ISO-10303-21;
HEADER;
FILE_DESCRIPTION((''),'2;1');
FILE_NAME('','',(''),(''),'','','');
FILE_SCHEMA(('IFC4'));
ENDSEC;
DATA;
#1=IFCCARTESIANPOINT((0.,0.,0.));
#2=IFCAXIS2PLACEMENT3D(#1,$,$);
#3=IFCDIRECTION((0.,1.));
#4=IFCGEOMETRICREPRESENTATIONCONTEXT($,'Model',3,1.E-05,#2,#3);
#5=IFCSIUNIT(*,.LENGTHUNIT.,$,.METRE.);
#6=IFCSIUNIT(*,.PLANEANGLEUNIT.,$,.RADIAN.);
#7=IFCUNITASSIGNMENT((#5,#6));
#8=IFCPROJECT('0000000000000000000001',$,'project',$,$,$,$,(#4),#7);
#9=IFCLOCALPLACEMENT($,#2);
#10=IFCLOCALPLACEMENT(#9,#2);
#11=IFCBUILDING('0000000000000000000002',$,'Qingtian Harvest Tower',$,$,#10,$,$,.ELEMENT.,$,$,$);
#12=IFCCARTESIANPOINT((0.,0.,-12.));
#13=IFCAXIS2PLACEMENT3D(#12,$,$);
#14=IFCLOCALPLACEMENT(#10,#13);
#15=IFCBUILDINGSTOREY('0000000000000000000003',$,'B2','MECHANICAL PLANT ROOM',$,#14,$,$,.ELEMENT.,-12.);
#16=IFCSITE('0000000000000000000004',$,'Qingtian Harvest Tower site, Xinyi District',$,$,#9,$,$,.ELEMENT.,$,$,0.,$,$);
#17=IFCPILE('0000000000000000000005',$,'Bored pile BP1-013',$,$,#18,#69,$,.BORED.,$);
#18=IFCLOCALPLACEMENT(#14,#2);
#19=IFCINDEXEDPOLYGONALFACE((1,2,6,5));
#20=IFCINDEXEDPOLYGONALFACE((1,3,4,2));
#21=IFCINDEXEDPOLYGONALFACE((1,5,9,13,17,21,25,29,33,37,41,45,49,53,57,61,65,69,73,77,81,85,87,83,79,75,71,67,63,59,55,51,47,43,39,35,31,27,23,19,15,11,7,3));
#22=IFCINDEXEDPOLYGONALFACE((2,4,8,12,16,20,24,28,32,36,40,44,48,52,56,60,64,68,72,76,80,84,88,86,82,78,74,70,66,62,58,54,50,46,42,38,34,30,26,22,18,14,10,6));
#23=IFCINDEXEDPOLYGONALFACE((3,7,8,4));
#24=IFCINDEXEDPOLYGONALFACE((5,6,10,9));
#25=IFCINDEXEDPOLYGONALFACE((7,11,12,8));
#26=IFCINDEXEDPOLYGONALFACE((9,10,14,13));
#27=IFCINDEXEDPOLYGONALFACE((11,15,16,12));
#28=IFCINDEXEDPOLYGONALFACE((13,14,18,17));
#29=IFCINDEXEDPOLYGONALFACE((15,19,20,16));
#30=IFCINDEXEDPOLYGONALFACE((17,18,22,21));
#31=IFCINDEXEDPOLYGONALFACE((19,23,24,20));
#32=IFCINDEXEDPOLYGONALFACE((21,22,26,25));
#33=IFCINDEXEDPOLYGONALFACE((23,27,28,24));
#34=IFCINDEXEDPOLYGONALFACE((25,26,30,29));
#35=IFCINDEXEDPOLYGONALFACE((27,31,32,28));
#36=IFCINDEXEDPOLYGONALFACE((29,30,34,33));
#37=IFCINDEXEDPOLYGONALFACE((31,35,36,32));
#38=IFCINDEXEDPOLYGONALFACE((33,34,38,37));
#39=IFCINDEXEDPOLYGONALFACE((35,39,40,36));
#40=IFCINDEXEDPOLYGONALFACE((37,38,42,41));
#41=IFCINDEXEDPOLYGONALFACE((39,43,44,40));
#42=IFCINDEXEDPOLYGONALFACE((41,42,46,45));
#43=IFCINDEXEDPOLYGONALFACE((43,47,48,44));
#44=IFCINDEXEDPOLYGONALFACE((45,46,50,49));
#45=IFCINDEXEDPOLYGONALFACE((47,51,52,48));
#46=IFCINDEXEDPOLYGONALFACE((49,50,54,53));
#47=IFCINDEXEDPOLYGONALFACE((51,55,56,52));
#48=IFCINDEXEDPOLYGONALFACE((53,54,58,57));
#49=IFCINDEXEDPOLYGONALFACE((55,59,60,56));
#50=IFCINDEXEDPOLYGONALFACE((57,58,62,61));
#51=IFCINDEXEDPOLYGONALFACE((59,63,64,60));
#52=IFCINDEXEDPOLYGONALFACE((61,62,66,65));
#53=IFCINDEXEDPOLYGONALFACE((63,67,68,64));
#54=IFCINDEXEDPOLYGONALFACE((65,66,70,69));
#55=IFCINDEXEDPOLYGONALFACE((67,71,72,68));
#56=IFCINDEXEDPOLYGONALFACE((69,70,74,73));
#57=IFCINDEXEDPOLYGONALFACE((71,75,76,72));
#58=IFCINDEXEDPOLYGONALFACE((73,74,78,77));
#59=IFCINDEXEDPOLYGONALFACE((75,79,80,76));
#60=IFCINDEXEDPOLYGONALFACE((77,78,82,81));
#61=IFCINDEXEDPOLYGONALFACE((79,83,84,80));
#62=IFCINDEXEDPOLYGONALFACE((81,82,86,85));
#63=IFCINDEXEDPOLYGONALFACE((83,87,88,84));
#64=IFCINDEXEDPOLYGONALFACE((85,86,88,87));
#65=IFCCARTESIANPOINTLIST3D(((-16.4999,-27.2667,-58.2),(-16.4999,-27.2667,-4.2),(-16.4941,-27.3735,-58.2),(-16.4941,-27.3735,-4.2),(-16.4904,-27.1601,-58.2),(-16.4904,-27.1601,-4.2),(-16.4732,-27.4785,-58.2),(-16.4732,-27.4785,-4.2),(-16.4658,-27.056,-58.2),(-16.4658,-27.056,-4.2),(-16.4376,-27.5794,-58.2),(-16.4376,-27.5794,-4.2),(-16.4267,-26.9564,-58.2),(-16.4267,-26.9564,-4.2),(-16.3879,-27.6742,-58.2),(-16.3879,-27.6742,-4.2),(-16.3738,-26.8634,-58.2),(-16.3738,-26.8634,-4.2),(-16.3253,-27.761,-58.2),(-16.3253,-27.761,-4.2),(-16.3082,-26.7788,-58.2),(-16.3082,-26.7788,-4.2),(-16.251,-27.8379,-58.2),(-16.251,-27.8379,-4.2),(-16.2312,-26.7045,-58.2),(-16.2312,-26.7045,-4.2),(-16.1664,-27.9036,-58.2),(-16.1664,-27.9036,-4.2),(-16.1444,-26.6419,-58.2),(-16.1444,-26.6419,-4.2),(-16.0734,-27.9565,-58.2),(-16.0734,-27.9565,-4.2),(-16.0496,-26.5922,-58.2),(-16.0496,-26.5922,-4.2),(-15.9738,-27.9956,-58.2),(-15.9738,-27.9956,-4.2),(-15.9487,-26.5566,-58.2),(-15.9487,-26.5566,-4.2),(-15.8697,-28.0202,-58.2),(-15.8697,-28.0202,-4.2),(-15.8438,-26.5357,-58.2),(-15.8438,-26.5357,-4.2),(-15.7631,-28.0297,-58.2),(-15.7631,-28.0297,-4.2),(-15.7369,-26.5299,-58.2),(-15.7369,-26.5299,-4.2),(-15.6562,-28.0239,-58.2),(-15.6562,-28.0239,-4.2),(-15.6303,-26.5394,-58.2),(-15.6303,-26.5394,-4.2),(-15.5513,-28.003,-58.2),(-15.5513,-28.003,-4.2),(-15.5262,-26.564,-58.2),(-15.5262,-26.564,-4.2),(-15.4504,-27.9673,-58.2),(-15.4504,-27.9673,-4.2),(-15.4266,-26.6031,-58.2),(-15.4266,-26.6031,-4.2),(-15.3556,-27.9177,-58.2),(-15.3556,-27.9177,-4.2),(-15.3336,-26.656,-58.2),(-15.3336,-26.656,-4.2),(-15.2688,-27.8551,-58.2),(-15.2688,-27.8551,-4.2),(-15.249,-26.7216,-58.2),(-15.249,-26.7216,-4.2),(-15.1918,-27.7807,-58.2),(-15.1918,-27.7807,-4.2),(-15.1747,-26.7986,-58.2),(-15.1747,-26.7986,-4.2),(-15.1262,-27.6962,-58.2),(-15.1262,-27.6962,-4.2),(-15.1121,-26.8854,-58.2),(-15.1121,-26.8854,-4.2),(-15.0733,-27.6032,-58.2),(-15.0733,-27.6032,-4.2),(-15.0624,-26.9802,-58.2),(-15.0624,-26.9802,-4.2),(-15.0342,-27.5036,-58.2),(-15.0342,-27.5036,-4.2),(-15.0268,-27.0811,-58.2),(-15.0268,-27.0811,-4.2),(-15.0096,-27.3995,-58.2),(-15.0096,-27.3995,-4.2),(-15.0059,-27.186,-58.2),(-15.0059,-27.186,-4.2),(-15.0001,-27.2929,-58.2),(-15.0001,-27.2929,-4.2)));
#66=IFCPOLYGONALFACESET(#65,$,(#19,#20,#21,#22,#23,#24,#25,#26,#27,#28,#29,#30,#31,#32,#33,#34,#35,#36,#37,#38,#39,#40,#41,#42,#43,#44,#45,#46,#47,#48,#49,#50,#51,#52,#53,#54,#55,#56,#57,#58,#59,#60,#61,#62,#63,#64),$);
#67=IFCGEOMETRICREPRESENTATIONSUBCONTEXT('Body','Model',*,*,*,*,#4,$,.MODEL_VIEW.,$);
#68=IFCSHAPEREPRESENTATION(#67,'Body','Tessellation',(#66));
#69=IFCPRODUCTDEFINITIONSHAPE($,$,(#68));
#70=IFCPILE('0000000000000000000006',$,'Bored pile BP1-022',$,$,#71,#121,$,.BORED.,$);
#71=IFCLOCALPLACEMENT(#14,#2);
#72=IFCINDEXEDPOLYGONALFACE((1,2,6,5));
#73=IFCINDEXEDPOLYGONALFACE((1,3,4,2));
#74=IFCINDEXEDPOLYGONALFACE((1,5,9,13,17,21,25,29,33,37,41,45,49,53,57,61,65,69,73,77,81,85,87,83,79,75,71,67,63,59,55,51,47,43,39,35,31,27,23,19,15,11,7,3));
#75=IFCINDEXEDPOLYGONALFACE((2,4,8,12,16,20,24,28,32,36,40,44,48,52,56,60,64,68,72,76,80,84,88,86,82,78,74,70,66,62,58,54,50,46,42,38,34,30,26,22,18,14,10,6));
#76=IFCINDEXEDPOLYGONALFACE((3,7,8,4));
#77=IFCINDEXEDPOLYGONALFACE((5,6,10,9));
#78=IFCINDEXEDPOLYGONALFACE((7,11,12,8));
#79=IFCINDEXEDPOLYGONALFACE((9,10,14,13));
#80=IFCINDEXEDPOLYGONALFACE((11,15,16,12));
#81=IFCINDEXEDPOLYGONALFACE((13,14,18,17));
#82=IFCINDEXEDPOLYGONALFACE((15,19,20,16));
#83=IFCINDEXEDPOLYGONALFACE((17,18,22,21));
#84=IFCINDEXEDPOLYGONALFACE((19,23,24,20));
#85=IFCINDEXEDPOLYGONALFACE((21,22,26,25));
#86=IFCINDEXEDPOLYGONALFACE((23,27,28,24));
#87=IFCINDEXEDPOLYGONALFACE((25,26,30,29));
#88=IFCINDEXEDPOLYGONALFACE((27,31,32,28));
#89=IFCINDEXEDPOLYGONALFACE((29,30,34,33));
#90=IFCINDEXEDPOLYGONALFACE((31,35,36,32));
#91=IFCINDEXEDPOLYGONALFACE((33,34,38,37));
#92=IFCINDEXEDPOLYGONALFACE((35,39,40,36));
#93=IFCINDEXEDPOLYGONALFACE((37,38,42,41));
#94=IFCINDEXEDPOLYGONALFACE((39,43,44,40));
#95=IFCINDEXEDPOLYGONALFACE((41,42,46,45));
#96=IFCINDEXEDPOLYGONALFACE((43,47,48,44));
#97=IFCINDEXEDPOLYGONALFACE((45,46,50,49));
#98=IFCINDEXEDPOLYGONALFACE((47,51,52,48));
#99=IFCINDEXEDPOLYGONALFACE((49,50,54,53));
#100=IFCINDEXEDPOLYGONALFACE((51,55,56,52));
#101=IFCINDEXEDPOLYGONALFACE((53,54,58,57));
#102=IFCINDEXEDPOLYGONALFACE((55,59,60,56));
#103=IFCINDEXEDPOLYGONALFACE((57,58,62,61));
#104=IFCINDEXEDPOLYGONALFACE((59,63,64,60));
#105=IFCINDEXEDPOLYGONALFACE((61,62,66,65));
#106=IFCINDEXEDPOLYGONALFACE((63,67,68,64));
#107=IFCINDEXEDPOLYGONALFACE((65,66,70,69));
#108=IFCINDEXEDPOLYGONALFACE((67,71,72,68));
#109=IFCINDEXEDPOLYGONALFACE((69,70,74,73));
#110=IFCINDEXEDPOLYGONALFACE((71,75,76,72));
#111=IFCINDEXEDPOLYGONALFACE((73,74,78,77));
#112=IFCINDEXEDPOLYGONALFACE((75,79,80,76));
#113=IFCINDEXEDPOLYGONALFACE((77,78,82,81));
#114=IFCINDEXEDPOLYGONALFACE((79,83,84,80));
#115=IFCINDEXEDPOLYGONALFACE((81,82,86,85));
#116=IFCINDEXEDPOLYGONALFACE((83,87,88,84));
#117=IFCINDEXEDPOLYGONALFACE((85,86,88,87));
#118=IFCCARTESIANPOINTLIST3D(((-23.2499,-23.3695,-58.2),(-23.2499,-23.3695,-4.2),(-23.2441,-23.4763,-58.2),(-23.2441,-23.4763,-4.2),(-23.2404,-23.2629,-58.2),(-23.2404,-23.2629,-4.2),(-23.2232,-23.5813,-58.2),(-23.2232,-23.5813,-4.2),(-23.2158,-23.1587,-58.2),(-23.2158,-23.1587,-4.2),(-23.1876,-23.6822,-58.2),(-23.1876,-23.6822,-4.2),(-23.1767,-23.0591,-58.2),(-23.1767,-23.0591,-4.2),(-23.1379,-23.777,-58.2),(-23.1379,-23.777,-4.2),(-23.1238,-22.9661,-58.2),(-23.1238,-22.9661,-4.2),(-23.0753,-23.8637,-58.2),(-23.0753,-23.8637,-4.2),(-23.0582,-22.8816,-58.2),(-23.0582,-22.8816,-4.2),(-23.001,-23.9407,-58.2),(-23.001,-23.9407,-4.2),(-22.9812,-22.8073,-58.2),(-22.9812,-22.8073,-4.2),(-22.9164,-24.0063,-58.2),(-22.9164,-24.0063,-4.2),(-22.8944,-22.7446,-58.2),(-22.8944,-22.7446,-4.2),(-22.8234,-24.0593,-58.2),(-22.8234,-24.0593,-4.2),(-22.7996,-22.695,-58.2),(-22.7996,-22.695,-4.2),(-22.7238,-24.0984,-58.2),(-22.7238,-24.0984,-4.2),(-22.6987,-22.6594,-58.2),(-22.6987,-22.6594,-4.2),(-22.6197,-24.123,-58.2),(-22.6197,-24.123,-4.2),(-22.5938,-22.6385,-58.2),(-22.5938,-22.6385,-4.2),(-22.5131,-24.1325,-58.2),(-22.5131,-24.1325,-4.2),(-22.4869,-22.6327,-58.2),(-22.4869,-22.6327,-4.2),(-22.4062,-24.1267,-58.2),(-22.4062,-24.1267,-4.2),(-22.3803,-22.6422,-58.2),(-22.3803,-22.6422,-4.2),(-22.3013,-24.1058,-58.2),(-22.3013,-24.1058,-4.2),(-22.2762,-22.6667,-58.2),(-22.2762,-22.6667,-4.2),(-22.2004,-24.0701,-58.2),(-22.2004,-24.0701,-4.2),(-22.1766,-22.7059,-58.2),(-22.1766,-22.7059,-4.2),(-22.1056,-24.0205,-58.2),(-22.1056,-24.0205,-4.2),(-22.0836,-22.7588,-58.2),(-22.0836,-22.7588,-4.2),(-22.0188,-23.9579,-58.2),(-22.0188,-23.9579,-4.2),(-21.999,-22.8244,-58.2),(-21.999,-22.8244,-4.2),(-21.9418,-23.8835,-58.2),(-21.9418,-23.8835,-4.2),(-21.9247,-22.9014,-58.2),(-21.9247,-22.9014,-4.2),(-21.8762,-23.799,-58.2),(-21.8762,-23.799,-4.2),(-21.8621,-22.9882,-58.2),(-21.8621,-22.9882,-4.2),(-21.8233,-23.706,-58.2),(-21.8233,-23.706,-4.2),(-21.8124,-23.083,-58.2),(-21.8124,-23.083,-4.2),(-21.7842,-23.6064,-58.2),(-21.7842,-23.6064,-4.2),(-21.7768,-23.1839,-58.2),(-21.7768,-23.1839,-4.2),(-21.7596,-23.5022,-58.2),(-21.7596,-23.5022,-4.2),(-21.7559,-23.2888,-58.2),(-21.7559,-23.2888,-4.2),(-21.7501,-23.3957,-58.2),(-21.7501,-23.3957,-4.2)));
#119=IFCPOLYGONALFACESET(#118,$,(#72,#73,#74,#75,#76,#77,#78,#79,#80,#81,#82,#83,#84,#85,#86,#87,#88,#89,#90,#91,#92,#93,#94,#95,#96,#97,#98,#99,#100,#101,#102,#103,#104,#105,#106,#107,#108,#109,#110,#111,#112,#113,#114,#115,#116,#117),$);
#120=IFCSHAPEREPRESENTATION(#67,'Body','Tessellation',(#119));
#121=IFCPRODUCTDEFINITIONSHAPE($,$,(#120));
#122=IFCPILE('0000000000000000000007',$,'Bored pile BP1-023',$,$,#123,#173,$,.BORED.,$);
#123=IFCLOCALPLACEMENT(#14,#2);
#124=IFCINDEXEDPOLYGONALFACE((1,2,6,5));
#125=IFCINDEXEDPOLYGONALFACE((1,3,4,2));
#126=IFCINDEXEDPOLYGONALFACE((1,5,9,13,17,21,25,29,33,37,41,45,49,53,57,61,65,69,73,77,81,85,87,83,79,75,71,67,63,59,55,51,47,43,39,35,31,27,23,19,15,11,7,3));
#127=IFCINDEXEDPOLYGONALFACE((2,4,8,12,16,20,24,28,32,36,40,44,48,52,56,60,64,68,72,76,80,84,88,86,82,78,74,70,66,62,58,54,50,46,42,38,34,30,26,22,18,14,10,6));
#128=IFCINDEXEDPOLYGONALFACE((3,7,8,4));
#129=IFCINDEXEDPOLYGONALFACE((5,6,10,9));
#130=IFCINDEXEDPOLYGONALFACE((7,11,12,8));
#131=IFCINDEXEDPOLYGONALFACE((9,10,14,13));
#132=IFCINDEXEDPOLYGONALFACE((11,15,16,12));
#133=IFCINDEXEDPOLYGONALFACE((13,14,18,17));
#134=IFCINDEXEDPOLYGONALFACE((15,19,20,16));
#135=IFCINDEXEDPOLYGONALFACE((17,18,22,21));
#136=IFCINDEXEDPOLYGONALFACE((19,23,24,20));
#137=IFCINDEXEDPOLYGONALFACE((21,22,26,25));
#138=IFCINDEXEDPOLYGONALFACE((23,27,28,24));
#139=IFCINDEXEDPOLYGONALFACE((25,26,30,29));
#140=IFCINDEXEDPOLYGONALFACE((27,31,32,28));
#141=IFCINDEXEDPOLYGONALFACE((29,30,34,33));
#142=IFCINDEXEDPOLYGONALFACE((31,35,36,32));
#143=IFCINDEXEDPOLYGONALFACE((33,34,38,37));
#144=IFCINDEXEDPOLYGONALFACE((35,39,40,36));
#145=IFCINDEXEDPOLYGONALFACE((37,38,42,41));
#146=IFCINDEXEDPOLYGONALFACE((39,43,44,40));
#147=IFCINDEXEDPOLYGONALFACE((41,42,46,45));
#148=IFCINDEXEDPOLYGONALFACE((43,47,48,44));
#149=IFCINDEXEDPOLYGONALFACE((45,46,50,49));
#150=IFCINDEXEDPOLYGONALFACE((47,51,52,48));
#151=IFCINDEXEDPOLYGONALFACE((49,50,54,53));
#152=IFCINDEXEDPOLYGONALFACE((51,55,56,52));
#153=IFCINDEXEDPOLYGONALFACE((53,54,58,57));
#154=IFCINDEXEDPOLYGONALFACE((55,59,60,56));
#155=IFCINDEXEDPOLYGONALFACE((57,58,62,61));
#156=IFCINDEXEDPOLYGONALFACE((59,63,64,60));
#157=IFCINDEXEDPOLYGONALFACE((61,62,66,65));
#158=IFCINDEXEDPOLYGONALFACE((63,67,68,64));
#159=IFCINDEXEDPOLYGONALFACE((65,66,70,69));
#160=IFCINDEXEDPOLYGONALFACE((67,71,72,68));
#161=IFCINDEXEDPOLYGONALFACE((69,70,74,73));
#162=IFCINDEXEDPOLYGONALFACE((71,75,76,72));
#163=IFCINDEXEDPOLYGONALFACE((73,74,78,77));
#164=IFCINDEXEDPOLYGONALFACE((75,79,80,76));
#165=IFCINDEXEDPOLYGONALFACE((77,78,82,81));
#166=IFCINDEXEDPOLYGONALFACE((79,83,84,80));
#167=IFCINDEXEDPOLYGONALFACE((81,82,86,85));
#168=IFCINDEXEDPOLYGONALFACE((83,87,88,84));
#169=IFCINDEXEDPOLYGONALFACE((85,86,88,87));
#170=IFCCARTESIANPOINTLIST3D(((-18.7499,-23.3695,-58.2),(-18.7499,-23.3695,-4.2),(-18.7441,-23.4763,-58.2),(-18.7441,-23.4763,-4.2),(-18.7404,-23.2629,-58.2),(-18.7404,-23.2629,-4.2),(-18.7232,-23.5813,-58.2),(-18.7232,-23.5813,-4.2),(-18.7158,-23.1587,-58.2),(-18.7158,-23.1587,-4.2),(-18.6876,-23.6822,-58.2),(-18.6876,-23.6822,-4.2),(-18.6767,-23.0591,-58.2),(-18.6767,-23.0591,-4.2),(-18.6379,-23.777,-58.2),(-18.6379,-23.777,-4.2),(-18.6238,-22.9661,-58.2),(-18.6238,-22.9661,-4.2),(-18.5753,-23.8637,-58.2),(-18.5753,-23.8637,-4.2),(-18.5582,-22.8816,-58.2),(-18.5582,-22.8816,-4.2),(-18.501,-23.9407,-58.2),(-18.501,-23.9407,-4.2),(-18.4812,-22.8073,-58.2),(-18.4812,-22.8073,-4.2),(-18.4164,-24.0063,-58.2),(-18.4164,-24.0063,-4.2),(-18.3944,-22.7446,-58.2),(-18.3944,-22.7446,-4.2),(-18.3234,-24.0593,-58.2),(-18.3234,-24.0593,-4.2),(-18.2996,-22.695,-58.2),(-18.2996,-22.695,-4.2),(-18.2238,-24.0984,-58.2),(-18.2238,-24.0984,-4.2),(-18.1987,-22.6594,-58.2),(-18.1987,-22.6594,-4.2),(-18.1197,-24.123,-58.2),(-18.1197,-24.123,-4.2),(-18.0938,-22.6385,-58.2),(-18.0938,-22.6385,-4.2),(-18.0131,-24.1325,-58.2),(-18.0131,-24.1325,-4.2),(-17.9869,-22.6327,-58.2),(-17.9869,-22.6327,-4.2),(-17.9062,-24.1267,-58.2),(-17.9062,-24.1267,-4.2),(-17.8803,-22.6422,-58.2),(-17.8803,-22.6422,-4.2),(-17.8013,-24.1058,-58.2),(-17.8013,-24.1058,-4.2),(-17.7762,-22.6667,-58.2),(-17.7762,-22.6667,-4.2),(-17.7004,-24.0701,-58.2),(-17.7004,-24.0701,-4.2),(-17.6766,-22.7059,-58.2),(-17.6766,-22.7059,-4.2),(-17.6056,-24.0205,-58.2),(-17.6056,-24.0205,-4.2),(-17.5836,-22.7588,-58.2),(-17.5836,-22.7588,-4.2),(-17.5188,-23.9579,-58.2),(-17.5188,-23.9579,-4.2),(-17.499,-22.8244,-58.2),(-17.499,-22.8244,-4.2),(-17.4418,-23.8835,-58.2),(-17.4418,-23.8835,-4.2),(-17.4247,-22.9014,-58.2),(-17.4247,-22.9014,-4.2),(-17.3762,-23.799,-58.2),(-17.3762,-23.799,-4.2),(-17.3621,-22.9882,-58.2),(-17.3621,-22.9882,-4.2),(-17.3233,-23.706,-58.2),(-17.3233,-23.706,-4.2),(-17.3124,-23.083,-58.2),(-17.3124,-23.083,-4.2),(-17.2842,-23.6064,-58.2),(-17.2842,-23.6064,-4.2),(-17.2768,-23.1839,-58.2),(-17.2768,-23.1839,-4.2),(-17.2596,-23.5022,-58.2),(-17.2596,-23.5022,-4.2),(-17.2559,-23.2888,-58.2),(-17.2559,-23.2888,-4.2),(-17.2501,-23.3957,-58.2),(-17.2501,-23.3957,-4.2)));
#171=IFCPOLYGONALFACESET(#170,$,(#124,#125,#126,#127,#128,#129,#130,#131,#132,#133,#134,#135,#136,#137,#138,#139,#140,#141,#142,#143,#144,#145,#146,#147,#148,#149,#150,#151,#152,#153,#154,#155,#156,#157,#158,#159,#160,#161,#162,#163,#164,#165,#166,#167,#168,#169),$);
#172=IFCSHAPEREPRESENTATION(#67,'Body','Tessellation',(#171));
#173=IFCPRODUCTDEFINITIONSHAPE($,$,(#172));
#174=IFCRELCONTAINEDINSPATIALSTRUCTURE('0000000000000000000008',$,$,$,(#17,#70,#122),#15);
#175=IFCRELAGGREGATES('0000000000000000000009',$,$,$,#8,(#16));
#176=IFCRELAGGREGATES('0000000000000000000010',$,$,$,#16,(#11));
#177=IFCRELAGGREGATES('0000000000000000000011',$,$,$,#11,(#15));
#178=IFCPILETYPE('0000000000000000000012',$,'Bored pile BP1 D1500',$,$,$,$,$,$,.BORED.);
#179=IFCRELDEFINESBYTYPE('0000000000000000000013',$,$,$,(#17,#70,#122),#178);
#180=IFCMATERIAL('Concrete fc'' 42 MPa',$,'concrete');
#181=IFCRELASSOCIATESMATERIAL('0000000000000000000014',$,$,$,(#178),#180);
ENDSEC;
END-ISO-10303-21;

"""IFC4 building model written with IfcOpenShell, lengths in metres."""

from ifc_helpers import new_model, si_unit, direction, frame, frame_2d, origin, place, context, subcontext, project, spatial, circle, extrude, material, material_profile, profile_set, type_object, element, save


model = new_model("IFC4")

# Units and contexts
model_context = context("Model", 3, precision=1e-05, world=origin(), true_north=direction((0.0, 1.0)))
body_context = subcontext(model_context, "Body", "Model", "MODEL_VIEW")
ifc_project = project(units=[si_unit("LENGTHUNIT", "METRE"), si_unit("PLANEANGLEUNIT", "RADIAN")], contexts=[model_context])

# Site, building, storey
site_placement = place(None, origin())
site = spatial("IfcSite", under=ifc_project, at=site_placement, Name="Qingtian Harvest Tower site, Xinyi District", CompositionType="ELEMENT", RefElevation=0.0)
building_placement = place(site_placement, origin())
building = spatial("IfcBuilding", under=site, at=building_placement, Name="Qingtian Harvest Tower", CompositionType="ELEMENT")
storey_placement = place(building_placement, frame((0.0, 0.0, -12.0)))
storey = spatial("IfcBuildingStorey", under=building, at=storey_placement, Name="B2", Description="MECHANICAL PLANT ROOM", CompositionType="ELEMENT", Elevation=-12.0)

# Piles
ifc_material_1 = material(Name="Concrete fc' 42 MPa", Category="concrete")
ifc_material_profile_1 = material_profile(ifc_material_1, circle(Radius=0.75, at=frame_2d((0.0, 0.0), x_axis=(0.999848, 0.017452))), Name="Bored pile BP1 D1500")
ifc_profile_set_1 = profile_set([ifc_material_profile_1], Name="Concrete fc' 42 MPa")
pile_type = type_object("IfcPileType", Name="Bored pile BP1 D1500", PredefinedType="BORED", material=ifc_profile_set_1)
for number, where, z_axis, x_axis, name in (
    (1, (-15.75, -27.2798, -4.2), (0.0, 0.0, -1.0), (1.0, 0.0, 0.0), "Bored pile BP1-013"),
    (2, (-22.5, -23.3826, -4.2), (0.0, 0.0, -1.0), (1.0, 0.0, 0.0), "Bored pile BP1-022"),
    (3, (-18.0, -23.3826, -4.2), (0.0, 0.0, -1.0), (1.0, 0.0, 0.0), "Bored pile BP1-023"),
):
    element("IfcPile", number, at=place(storey_placement, frame(where, z_axis=z_axis, x_axis=x_axis)), inside=storey, type_object=pile_type, Name=name, PredefinedType="BORED", context=body_context, shape_type="SweptSolid", body=[
        extrude(circle(Radius=0.75, at=frame_2d((0.0, 0.0), x_axis=(0.999848, 0.017452))), origin(), (0.0, 0.0, 1.0), 54.0),
    ])

save(model, "model.ifc")
